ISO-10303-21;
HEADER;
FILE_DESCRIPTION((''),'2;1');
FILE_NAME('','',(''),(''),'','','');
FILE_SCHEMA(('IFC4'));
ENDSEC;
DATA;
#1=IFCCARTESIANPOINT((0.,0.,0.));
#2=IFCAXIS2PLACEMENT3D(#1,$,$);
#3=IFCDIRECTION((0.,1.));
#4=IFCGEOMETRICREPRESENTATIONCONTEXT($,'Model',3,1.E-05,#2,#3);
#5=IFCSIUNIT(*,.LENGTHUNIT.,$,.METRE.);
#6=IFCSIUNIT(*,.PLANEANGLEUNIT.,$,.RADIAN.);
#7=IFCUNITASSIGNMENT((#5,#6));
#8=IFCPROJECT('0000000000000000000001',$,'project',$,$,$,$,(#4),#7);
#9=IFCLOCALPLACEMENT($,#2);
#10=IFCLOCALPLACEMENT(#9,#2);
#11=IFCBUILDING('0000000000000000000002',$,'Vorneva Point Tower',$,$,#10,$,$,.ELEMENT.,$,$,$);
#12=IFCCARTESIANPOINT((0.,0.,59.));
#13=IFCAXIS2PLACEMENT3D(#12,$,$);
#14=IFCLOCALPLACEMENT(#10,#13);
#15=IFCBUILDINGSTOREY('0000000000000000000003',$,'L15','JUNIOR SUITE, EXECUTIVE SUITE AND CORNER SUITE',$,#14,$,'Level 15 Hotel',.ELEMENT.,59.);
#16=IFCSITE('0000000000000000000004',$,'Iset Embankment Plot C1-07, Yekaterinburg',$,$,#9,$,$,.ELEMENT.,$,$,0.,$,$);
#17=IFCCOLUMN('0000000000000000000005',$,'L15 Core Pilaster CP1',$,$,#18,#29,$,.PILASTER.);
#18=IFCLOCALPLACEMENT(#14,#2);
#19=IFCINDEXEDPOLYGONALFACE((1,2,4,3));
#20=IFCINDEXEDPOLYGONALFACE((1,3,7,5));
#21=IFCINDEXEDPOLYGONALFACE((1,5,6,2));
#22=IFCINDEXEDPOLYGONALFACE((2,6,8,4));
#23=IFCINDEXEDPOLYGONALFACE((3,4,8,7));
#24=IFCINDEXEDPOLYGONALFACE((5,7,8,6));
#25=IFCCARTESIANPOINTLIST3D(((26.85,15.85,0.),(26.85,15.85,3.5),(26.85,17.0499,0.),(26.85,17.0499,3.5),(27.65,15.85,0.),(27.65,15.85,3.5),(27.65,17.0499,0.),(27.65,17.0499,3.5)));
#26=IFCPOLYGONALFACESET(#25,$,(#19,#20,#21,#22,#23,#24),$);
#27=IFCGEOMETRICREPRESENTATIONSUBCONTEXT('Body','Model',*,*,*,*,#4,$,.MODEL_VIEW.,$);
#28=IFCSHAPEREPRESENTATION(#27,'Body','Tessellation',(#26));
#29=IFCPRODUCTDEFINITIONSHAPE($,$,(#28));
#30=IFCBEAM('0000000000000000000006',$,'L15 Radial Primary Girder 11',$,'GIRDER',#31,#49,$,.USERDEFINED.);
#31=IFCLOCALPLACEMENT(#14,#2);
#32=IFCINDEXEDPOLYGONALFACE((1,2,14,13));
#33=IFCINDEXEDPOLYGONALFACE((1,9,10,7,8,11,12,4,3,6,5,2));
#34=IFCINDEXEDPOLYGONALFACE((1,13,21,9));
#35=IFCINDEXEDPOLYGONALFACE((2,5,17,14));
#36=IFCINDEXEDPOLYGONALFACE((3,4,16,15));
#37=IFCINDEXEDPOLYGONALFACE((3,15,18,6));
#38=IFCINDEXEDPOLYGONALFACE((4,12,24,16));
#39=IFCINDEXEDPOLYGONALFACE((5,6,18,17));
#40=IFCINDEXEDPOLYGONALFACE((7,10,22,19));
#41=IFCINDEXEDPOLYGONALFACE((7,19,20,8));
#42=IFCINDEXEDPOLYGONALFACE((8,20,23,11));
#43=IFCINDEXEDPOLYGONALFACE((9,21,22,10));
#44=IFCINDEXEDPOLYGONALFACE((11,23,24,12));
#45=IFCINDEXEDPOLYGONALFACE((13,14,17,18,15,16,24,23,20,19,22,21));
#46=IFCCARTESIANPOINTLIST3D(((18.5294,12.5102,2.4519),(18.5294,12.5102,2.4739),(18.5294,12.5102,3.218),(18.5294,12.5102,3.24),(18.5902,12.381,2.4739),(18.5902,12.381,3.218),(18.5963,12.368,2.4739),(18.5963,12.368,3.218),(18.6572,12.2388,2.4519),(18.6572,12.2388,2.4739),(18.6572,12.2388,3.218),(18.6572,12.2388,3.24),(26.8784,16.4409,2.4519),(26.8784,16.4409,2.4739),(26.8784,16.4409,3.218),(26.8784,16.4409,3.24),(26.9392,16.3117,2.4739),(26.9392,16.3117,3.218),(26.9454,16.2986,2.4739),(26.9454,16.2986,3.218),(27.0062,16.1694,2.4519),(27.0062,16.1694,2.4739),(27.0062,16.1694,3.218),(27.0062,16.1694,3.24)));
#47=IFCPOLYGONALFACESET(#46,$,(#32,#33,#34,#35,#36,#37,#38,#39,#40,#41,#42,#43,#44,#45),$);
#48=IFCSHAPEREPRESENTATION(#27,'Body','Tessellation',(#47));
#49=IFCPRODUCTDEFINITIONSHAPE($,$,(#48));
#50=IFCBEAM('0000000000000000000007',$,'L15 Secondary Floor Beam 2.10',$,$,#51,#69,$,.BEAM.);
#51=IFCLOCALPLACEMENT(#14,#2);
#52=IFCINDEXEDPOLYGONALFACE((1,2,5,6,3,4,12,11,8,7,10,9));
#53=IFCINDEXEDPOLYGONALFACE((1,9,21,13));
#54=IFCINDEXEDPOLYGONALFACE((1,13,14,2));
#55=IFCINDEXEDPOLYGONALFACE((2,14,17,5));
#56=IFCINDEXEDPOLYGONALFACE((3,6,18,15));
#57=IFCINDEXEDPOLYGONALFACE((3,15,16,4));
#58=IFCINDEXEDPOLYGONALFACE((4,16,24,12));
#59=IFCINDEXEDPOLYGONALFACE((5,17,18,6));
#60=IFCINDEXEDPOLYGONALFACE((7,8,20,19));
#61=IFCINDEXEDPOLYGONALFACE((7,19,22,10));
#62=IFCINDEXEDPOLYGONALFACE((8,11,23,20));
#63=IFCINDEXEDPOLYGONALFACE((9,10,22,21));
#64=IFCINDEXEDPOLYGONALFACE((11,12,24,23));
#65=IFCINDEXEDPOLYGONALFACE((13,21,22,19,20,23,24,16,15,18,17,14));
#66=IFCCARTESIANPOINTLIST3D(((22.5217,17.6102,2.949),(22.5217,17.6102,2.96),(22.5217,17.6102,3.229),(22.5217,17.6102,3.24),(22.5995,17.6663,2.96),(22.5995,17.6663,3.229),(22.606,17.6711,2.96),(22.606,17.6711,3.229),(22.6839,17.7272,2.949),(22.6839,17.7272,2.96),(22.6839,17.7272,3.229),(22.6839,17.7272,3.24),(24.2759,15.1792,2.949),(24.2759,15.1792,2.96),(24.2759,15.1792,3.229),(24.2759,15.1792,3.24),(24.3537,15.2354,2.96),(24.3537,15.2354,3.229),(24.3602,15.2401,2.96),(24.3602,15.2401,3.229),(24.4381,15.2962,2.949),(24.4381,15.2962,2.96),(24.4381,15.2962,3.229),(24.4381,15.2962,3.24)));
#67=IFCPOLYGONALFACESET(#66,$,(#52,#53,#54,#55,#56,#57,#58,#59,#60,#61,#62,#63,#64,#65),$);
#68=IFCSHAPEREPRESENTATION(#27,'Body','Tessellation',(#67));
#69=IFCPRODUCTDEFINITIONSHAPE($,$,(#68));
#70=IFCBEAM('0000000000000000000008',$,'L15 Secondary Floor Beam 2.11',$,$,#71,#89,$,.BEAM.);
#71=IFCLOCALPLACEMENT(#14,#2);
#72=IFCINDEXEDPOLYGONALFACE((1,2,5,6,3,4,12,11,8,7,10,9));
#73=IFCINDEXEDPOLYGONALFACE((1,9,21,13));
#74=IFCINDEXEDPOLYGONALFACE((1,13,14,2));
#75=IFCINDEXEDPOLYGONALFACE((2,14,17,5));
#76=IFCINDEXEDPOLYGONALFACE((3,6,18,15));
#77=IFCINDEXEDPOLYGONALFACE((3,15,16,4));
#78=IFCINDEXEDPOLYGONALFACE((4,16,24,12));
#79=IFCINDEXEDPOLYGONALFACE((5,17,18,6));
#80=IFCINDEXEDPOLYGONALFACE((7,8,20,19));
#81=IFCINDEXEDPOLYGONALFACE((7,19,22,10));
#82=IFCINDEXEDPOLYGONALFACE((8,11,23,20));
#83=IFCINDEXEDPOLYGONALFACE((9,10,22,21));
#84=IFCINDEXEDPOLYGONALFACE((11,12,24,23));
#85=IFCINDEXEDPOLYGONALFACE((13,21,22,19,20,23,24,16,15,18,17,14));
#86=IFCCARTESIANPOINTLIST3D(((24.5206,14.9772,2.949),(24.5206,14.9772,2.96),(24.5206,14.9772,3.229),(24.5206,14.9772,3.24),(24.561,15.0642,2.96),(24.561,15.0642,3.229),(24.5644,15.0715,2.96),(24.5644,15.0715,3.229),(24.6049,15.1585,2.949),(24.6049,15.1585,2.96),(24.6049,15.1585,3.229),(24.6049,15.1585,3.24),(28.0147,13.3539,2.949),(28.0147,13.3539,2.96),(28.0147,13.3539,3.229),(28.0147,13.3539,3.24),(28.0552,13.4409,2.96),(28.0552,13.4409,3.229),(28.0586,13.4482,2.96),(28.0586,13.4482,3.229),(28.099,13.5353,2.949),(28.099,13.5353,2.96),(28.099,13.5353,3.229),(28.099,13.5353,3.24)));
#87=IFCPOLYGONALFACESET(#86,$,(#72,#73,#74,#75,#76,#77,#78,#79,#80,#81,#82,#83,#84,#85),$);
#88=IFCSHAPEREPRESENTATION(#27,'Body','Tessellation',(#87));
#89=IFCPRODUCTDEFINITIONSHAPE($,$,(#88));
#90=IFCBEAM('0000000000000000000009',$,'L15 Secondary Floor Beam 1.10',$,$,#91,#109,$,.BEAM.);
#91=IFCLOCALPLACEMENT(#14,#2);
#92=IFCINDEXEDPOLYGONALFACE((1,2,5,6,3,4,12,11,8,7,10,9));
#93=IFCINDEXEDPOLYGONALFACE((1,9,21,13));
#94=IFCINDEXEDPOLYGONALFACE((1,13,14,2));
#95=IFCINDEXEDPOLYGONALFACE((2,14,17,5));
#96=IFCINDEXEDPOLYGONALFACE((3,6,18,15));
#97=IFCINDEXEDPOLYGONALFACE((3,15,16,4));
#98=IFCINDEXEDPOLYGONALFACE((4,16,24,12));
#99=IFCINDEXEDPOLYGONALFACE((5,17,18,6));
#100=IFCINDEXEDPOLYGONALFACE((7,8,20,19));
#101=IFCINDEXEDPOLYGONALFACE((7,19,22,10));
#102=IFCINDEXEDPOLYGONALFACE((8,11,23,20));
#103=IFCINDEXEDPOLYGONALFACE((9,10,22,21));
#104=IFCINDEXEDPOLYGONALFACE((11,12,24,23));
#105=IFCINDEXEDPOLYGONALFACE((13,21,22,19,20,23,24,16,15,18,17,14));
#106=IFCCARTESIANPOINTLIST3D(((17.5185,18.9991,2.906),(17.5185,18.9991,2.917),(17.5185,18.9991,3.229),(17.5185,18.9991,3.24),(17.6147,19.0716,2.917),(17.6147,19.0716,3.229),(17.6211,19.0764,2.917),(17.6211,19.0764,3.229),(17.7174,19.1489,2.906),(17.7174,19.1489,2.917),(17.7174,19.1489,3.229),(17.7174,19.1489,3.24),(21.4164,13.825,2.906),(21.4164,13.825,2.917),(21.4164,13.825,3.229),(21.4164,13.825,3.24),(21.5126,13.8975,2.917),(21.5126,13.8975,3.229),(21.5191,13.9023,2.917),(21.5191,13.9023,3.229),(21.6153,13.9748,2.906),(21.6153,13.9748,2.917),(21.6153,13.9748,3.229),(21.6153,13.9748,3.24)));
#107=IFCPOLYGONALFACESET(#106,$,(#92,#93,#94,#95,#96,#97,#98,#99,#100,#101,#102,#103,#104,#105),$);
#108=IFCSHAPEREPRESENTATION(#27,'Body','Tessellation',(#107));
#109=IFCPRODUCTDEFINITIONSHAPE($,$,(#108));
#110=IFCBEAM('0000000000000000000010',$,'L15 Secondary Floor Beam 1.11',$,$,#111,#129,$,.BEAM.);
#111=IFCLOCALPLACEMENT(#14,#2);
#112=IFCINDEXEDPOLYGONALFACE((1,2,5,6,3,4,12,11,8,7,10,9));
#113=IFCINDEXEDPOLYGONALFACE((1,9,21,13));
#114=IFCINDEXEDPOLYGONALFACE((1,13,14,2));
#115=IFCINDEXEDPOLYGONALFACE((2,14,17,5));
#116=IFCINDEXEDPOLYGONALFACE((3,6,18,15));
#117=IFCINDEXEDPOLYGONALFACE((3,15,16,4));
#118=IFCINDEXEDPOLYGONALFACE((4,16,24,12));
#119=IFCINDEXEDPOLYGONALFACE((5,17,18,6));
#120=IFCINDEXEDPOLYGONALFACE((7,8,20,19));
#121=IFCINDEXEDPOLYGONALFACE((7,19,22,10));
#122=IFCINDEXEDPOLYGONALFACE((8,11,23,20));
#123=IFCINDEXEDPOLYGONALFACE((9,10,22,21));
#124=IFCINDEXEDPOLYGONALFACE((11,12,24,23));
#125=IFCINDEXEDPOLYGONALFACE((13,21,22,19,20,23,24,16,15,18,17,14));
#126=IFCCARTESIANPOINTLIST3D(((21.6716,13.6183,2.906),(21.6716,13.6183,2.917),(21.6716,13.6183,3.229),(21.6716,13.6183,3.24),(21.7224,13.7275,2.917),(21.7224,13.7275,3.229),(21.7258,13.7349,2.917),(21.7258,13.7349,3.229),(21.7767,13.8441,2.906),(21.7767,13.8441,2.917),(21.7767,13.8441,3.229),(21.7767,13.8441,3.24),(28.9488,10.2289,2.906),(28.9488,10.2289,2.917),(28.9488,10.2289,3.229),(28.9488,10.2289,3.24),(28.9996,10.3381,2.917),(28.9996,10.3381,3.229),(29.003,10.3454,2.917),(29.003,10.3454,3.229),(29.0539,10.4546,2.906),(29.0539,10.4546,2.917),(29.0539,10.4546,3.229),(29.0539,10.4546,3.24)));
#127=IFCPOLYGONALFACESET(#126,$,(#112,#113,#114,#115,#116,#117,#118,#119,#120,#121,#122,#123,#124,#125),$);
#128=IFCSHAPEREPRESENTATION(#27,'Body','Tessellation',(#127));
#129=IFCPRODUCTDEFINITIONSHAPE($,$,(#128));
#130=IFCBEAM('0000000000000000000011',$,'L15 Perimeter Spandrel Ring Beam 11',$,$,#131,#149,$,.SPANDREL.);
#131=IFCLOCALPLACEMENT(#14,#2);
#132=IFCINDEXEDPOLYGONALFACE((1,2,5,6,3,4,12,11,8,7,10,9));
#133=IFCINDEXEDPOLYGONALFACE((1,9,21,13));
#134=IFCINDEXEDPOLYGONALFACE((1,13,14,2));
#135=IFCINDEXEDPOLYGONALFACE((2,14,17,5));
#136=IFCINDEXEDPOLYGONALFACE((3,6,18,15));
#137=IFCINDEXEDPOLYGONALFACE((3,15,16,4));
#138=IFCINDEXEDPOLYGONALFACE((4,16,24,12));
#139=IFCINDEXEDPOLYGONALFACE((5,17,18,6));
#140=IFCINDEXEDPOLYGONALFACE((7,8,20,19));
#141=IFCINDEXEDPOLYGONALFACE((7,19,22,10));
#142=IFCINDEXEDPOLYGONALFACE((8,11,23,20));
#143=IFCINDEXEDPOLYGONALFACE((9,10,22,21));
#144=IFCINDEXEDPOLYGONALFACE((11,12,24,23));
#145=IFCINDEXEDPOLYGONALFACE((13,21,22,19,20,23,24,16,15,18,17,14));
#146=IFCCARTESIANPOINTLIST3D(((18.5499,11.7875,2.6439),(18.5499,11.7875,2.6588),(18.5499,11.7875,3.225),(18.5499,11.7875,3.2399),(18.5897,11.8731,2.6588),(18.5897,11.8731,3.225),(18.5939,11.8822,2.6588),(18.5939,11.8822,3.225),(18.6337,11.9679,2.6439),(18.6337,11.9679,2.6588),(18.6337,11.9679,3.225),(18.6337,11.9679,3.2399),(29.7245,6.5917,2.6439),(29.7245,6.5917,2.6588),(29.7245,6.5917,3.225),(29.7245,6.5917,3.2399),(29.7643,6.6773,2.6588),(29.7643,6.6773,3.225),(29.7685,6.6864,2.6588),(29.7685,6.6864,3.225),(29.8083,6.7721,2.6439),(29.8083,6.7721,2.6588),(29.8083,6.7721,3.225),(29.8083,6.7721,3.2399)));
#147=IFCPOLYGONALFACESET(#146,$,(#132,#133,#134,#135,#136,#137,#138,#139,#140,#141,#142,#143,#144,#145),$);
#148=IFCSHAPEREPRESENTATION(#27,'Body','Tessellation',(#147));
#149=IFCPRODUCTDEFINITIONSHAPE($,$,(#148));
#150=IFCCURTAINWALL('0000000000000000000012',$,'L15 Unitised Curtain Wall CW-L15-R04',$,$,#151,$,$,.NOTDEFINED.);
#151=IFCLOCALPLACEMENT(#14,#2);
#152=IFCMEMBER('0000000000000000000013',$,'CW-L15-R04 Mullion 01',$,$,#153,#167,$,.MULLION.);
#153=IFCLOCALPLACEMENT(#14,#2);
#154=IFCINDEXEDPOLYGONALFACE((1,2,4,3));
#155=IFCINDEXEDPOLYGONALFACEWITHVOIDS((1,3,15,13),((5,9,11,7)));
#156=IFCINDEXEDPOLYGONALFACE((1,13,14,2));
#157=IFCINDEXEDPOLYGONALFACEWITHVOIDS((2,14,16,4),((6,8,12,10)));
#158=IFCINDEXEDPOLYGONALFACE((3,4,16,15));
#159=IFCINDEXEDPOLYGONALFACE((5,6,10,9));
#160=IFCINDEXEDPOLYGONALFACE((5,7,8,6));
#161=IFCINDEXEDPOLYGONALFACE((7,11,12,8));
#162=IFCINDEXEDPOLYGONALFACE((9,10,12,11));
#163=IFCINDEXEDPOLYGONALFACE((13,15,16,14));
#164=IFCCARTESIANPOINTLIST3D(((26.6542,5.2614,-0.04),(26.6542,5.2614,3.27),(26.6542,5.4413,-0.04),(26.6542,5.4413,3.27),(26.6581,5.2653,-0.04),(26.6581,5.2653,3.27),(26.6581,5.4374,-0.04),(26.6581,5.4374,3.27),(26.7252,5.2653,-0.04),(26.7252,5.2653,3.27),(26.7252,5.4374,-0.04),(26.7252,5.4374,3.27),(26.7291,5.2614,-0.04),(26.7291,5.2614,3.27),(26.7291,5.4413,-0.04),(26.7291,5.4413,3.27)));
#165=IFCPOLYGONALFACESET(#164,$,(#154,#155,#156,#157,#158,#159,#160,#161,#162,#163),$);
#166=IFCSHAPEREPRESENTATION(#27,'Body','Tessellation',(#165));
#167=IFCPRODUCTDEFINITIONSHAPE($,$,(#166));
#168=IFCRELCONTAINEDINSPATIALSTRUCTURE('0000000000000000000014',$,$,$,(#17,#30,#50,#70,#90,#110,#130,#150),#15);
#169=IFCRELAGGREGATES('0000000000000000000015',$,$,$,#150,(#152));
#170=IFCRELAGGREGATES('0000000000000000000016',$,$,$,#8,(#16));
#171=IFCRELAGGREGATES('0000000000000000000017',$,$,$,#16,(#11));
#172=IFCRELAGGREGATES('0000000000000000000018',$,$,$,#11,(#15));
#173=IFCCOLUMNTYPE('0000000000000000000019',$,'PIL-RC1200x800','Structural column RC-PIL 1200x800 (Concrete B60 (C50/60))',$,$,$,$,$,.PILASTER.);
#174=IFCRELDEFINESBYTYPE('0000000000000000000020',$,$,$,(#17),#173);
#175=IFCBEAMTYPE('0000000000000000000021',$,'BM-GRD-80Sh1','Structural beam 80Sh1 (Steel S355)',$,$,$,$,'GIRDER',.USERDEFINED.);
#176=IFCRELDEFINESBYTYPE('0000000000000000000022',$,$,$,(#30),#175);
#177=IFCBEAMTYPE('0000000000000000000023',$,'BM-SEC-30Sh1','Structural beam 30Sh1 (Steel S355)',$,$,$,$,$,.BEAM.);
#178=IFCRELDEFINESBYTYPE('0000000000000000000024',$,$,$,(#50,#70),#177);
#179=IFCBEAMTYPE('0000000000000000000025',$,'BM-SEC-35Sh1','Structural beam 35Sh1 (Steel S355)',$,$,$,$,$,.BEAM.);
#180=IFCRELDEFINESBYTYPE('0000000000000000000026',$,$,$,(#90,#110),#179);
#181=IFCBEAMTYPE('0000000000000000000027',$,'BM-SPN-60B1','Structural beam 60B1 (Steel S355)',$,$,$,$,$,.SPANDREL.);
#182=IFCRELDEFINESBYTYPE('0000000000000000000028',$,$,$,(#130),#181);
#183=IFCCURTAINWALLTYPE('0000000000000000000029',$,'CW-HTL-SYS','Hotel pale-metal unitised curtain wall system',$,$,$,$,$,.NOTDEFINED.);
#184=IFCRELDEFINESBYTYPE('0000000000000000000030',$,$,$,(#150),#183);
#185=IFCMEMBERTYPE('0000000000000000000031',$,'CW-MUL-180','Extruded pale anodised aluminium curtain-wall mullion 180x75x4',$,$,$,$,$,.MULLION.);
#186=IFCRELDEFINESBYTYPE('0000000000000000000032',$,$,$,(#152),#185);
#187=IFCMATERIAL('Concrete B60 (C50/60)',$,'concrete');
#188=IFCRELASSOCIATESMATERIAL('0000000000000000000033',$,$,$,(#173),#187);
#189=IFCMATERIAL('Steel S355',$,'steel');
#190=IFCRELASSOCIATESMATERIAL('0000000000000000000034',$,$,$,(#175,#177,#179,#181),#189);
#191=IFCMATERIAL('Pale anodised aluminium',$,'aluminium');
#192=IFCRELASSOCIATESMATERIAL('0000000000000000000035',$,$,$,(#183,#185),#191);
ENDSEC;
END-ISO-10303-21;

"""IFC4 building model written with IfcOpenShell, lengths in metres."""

from ifc_helpers import new_model, si_unit, direction, frame, origin, origin_2d, place, context, subcontext, project, spatial, rectangle, hollow_rectangle, i_section, extrude, material, material_profile, profile_set, type_object, element, aggregate, save


model = new_model("IFC4")

# Units and contexts
model_context = context("Model", 3, precision=1e-05, world=origin(), true_north=direction((0.0, 1.0)))
body_context = subcontext(model_context, "Body", "Model", "MODEL_VIEW")
ifc_project = project(units=[si_unit("LENGTHUNIT", "METRE"), si_unit("PLANEANGLEUNIT", "RADIAN")], contexts=[model_context])

# Site, building, storey
site_placement = place(None, origin())
site = spatial("IfcSite", under=ifc_project, at=site_placement, Name="Iset Embankment Plot C1-07, Yekaterinburg", CompositionType="ELEMENT", RefElevation=0.0)
building_placement = place(site_placement, origin())
building = spatial("IfcBuilding", under=site, at=building_placement, Name="Vorneva Point Tower", CompositionType="ELEMENT")
storey_placement = place(building_placement, frame((0.0, 0.0, 59.0)))
storey = spatial("IfcBuildingStorey", under=building, at=storey_placement, Name="L15", Description="JUNIOR SUITE, EXECUTIVE SUITE AND CORNER SUITE", LongName="Level 15 Hotel", CompositionType="ELEMENT", Elevation=59.0)

# Column
ifc_material_1 = material(Name="Concrete B60 (C50/60)", Category="concrete")
ifc_material_profile_1 = material_profile(ifc_material_1, rectangle(XDim=0.8, YDim=1.2, at=origin_2d()), Name="RC-PIL 1200x800")
ifc_profile_set_1 = profile_set([ifc_material_profile_1], Name="Concrete B60 (C50/60)")
column_type_1 = type_object("IfcColumnType", Name="PIL-RC1200x800", Description="Structural column RC-PIL 1200x800 (Concrete B60 (C50/60))", PredefinedType="PILASTER", material=ifc_profile_set_1)
column_placement = place(storey_placement, frame((27.25, 16.45, 0.0), z_axis=(0.0, 0.0, 1.0), x_axis=(1.0, 0.0, 0.0)))
element("IfcColumn", 1, at=column_placement, inside=storey, type_object=column_type_1, Name="L15 Core Pilaster CP1", PredefinedType="PILASTER", context=body_context, shape_type="SweptSolid", body=[
    extrude(rectangle(XDim=0.8, YDim=1.2, at=origin_2d()), origin(), (0.0, 0.0, 1.0), 3.5),
])

# Beams
ifc_material_2 = material(Name="Steel S355", Category="steel")
ifc_material_profile_2 = material_profile(ifc_material_2, i_section(OverallWidth=0.3, OverallDepth=0.7881, WebThickness=0.0144, FlangeThickness=0.022, at=origin_2d()), Name="80Sh1")
ifc_profile_set_2 = profile_set([ifc_material_profile_2], Name="Steel S355")
beam_type_1 = type_object("IfcBeamType", Name="BM-GRD-80Sh1", Description="Structural beam 80Sh1 (Steel S355)", ElementType="GIRDER", PredefinedType="USERDEFINED", material=ifc_profile_set_2)
beam_1_placement = place(storey_placement, frame((18.5933, 12.3745, 2.8459), z_axis=(0.904749, 0.425945, 0.0), x_axis=(-0.425945, 0.904749, 0.0)))
element("IfcBeam", 2, at=beam_1_placement, inside=storey, type_object=beam_type_1, Name="L15 Radial Primary Girder 11", ObjectType="GIRDER", PredefinedType="USERDEFINED", context=body_context, shape_type="SweptSolid", body=[
    extrude(i_section(OverallWidth=0.3, OverallDepth=0.7881, WebThickness=0.0144, FlangeThickness=0.022, at=origin_2d()), origin(), (0.0, 0.0, 1.0), 9.228),
])
ifc_material_profile_3 = material_profile(ifc_material_2, i_section(OverallWidth=0.2, OverallDepth=0.291, WebThickness=0.0081, FlangeThickness=0.011, at=origin_2d()), Name="30Sh1")
ifc_profile_set_3 = profile_set([ifc_material_profile_3], Name="Steel S355")
beam_type_2 = type_object("IfcBeamType", Name="BM-SEC-30Sh1", Description="Structural beam 30Sh1 (Steel S355)", PredefinedType="BEAM", material=ifc_profile_set_3)
beam_2_placement = place(storey_placement, frame((22.6028, 17.6687, 3.0945), z_axis=(0.58516, -0.810918, 0.0), x_axis=(0.810918, 0.58516, 0.0)))
element("IfcBeam", 3, at=beam_2_placement, inside=storey, type_object=beam_type_2, Name="L15 Secondary Floor Beam 2.10", PredefinedType="BEAM", context=body_context, shape_type="SweptSolid", body=[
    extrude(i_section(OverallWidth=0.2, OverallDepth=0.291, WebThickness=0.0081, FlangeThickness=0.011, at=origin_2d()), origin(), (0.0, 0.0, 1.0), 2.9978),
])
beam_3_placement = place(storey_placement, frame((24.5627, 15.0679, 3.0945), z_axis=(0.906909, -0.421327, 0.0), x_axis=(0.421327, 0.906909, 0.0)))
element("IfcBeam", 4, at=beam_3_placement, inside=storey, type_object=beam_type_2, Name="L15 Secondary Floor Beam 2.11", PredefinedType="BEAM", context=body_context, shape_type="SweptSolid", body=[
    extrude(i_section(OverallWidth=0.2, OverallDepth=0.291, WebThickness=0.0081, FlangeThickness=0.011, at=origin_2d()), origin(), (0.0, 0.0, 1.0), 3.8528),
])
ifc_material_profile_4 = material_profile(ifc_material_2, i_section(OverallWidth=0.249, OverallDepth=0.334, WebThickness=0.0081, FlangeThickness=0.011, at=origin_2d()), Name="35Sh1")
ifc_profile_set_4 = profile_set([ifc_material_profile_4], Name="Steel S355")
beam_type_3 = type_object("IfcBeamType", Name="BM-SEC-35Sh1", Description="Structural beam 35Sh1 (Steel S355)", PredefinedType="BEAM", material=ifc_profile_set_4)
beam_4_placement = place(storey_placement, frame((17.6179, 19.074, 3.073), z_axis=(0.601717, -0.798709, 0.0), x_axis=(0.798709, 0.601717, 0.0)))
element("IfcBeam", 5, at=beam_4_placement, inside=storey, type_object=beam_type_3, Name="L15 Secondary Floor Beam 1.10", PredefinedType="BEAM", context=body_context, shape_type="SweptSolid", body=[
    extrude(i_section(OverallWidth=0.249, OverallDepth=0.334, WebThickness=0.0081, FlangeThickness=0.011, at=origin_2d()), origin(), (0.0, 0.0, 1.0), 6.478),
])
beam_5_placement = place(storey_placement, frame((21.7241, 13.7312, 3.073), z_axis=(0.906497, -0.422213, 0.0), x_axis=(0.422213, 0.906497, 0.0)))
element("IfcBeam", 6, at=beam_5_placement, inside=storey, type_object=beam_type_3, Name="L15 Secondary Floor Beam 1.11", PredefinedType="BEAM", context=body_context, shape_type="SweptSolid", body=[
    extrude(i_section(OverallWidth=0.249, OverallDepth=0.334, WebThickness=0.0081, FlangeThickness=0.011, at=origin_2d()), origin(), (0.0, 0.0, 1.0), 8.0278),
])
ifc_material_profile_5 = material_profile(ifc_material_2, i_section(OverallWidth=0.199, OverallDepth=0.5959, WebThickness=0.01, FlangeThickness=0.0149, at=origin_2d()), Name="60B1")
ifc_profile_set_5 = profile_set([ifc_material_profile_5], Name="Steel S355")
beam_type_4 = type_object("IfcBeamType", Name="BM-SPN-60B1", Description="Structural beam 60B1 (Steel S355)", PredefinedType="SPANDREL", material=ifc_profile_set_5)
beam_6_placement = place(storey_placement, frame((18.5918, 11.8777, 2.9419), z_axis=(0.906773, -0.421619, 0.0), x_axis=(0.421619, 0.906773, 0.0)))
element("IfcBeam", 7, at=beam_6_placement, inside=storey, type_object=beam_type_4, Name="L15 Perimeter Spandrel Ring Beam 11", PredefinedType="SPANDREL", context=body_context, shape_type="SweptSolid", body=[
    extrude(i_section(OverallWidth=0.199, OverallDepth=0.5959, WebThickness=0.01, FlangeThickness=0.0149, at=origin_2d()), origin(), (0.0, 0.0, 1.0), 12.3235),
])

# Curtain wall, member
ifc_material_3 = material(Name="Pale anodised aluminium", Category="aluminium")
curtain_wall_type = type_object("IfcCurtainWallType", Name="CW-HTL-SYS", Description="Hotel pale-metal unitised curtain wall system", PredefinedType="NOTDEFINED", material=ifc_material_3)
curtain_wall_placement = place(storey_placement, origin())
curtain_wall = element("IfcCurtainWall", 8, at=curtain_wall_placement, inside=storey, type_object=curtain_wall_type, Name="L15 Unitised Curtain Wall CW-L15-R04", PredefinedType="NOTDEFINED")
ifc_material_profile_6 = material_profile(ifc_material_3, hollow_rectangle(XDim=0.075, YDim=0.1799, WallThickness=0.0039, at=origin_2d()), Name="AL-MUL 180x75x4")
ifc_profile_set_6 = profile_set([ifc_material_profile_6], Name="Pale anodised aluminium")
member_type_1 = type_object("IfcMemberType", Name="CW-MUL-180", Description="Extruded pale anodised aluminium curtain-wall mullion 180x75x4", PredefinedType="MULLION", material=ifc_profile_set_6)
member_1_placement = place(storey_placement, frame((26.6917, 5.3513, -0.04), z_axis=(0.0, 0.0, 1.0), x_axis=(1.0, 0.0, 0.0)))
member_1 = element("IfcMember", 9, at=member_1_placement, type_object=member_type_1, Name="CW-L15-R04 Mullion 01", PredefinedType="MULLION", context=body_context, shape_type="SweptSolid", body=[
    extrude(hollow_rectangle(XDim=0.075, YDim=0.1799, WallThickness=0.0039, at=origin_2d()), origin(), (0.0, 0.0, 1.0), 3.3101),
])
aggregate(curtain_wall, [member_1])

save(model, "model.ifc")
